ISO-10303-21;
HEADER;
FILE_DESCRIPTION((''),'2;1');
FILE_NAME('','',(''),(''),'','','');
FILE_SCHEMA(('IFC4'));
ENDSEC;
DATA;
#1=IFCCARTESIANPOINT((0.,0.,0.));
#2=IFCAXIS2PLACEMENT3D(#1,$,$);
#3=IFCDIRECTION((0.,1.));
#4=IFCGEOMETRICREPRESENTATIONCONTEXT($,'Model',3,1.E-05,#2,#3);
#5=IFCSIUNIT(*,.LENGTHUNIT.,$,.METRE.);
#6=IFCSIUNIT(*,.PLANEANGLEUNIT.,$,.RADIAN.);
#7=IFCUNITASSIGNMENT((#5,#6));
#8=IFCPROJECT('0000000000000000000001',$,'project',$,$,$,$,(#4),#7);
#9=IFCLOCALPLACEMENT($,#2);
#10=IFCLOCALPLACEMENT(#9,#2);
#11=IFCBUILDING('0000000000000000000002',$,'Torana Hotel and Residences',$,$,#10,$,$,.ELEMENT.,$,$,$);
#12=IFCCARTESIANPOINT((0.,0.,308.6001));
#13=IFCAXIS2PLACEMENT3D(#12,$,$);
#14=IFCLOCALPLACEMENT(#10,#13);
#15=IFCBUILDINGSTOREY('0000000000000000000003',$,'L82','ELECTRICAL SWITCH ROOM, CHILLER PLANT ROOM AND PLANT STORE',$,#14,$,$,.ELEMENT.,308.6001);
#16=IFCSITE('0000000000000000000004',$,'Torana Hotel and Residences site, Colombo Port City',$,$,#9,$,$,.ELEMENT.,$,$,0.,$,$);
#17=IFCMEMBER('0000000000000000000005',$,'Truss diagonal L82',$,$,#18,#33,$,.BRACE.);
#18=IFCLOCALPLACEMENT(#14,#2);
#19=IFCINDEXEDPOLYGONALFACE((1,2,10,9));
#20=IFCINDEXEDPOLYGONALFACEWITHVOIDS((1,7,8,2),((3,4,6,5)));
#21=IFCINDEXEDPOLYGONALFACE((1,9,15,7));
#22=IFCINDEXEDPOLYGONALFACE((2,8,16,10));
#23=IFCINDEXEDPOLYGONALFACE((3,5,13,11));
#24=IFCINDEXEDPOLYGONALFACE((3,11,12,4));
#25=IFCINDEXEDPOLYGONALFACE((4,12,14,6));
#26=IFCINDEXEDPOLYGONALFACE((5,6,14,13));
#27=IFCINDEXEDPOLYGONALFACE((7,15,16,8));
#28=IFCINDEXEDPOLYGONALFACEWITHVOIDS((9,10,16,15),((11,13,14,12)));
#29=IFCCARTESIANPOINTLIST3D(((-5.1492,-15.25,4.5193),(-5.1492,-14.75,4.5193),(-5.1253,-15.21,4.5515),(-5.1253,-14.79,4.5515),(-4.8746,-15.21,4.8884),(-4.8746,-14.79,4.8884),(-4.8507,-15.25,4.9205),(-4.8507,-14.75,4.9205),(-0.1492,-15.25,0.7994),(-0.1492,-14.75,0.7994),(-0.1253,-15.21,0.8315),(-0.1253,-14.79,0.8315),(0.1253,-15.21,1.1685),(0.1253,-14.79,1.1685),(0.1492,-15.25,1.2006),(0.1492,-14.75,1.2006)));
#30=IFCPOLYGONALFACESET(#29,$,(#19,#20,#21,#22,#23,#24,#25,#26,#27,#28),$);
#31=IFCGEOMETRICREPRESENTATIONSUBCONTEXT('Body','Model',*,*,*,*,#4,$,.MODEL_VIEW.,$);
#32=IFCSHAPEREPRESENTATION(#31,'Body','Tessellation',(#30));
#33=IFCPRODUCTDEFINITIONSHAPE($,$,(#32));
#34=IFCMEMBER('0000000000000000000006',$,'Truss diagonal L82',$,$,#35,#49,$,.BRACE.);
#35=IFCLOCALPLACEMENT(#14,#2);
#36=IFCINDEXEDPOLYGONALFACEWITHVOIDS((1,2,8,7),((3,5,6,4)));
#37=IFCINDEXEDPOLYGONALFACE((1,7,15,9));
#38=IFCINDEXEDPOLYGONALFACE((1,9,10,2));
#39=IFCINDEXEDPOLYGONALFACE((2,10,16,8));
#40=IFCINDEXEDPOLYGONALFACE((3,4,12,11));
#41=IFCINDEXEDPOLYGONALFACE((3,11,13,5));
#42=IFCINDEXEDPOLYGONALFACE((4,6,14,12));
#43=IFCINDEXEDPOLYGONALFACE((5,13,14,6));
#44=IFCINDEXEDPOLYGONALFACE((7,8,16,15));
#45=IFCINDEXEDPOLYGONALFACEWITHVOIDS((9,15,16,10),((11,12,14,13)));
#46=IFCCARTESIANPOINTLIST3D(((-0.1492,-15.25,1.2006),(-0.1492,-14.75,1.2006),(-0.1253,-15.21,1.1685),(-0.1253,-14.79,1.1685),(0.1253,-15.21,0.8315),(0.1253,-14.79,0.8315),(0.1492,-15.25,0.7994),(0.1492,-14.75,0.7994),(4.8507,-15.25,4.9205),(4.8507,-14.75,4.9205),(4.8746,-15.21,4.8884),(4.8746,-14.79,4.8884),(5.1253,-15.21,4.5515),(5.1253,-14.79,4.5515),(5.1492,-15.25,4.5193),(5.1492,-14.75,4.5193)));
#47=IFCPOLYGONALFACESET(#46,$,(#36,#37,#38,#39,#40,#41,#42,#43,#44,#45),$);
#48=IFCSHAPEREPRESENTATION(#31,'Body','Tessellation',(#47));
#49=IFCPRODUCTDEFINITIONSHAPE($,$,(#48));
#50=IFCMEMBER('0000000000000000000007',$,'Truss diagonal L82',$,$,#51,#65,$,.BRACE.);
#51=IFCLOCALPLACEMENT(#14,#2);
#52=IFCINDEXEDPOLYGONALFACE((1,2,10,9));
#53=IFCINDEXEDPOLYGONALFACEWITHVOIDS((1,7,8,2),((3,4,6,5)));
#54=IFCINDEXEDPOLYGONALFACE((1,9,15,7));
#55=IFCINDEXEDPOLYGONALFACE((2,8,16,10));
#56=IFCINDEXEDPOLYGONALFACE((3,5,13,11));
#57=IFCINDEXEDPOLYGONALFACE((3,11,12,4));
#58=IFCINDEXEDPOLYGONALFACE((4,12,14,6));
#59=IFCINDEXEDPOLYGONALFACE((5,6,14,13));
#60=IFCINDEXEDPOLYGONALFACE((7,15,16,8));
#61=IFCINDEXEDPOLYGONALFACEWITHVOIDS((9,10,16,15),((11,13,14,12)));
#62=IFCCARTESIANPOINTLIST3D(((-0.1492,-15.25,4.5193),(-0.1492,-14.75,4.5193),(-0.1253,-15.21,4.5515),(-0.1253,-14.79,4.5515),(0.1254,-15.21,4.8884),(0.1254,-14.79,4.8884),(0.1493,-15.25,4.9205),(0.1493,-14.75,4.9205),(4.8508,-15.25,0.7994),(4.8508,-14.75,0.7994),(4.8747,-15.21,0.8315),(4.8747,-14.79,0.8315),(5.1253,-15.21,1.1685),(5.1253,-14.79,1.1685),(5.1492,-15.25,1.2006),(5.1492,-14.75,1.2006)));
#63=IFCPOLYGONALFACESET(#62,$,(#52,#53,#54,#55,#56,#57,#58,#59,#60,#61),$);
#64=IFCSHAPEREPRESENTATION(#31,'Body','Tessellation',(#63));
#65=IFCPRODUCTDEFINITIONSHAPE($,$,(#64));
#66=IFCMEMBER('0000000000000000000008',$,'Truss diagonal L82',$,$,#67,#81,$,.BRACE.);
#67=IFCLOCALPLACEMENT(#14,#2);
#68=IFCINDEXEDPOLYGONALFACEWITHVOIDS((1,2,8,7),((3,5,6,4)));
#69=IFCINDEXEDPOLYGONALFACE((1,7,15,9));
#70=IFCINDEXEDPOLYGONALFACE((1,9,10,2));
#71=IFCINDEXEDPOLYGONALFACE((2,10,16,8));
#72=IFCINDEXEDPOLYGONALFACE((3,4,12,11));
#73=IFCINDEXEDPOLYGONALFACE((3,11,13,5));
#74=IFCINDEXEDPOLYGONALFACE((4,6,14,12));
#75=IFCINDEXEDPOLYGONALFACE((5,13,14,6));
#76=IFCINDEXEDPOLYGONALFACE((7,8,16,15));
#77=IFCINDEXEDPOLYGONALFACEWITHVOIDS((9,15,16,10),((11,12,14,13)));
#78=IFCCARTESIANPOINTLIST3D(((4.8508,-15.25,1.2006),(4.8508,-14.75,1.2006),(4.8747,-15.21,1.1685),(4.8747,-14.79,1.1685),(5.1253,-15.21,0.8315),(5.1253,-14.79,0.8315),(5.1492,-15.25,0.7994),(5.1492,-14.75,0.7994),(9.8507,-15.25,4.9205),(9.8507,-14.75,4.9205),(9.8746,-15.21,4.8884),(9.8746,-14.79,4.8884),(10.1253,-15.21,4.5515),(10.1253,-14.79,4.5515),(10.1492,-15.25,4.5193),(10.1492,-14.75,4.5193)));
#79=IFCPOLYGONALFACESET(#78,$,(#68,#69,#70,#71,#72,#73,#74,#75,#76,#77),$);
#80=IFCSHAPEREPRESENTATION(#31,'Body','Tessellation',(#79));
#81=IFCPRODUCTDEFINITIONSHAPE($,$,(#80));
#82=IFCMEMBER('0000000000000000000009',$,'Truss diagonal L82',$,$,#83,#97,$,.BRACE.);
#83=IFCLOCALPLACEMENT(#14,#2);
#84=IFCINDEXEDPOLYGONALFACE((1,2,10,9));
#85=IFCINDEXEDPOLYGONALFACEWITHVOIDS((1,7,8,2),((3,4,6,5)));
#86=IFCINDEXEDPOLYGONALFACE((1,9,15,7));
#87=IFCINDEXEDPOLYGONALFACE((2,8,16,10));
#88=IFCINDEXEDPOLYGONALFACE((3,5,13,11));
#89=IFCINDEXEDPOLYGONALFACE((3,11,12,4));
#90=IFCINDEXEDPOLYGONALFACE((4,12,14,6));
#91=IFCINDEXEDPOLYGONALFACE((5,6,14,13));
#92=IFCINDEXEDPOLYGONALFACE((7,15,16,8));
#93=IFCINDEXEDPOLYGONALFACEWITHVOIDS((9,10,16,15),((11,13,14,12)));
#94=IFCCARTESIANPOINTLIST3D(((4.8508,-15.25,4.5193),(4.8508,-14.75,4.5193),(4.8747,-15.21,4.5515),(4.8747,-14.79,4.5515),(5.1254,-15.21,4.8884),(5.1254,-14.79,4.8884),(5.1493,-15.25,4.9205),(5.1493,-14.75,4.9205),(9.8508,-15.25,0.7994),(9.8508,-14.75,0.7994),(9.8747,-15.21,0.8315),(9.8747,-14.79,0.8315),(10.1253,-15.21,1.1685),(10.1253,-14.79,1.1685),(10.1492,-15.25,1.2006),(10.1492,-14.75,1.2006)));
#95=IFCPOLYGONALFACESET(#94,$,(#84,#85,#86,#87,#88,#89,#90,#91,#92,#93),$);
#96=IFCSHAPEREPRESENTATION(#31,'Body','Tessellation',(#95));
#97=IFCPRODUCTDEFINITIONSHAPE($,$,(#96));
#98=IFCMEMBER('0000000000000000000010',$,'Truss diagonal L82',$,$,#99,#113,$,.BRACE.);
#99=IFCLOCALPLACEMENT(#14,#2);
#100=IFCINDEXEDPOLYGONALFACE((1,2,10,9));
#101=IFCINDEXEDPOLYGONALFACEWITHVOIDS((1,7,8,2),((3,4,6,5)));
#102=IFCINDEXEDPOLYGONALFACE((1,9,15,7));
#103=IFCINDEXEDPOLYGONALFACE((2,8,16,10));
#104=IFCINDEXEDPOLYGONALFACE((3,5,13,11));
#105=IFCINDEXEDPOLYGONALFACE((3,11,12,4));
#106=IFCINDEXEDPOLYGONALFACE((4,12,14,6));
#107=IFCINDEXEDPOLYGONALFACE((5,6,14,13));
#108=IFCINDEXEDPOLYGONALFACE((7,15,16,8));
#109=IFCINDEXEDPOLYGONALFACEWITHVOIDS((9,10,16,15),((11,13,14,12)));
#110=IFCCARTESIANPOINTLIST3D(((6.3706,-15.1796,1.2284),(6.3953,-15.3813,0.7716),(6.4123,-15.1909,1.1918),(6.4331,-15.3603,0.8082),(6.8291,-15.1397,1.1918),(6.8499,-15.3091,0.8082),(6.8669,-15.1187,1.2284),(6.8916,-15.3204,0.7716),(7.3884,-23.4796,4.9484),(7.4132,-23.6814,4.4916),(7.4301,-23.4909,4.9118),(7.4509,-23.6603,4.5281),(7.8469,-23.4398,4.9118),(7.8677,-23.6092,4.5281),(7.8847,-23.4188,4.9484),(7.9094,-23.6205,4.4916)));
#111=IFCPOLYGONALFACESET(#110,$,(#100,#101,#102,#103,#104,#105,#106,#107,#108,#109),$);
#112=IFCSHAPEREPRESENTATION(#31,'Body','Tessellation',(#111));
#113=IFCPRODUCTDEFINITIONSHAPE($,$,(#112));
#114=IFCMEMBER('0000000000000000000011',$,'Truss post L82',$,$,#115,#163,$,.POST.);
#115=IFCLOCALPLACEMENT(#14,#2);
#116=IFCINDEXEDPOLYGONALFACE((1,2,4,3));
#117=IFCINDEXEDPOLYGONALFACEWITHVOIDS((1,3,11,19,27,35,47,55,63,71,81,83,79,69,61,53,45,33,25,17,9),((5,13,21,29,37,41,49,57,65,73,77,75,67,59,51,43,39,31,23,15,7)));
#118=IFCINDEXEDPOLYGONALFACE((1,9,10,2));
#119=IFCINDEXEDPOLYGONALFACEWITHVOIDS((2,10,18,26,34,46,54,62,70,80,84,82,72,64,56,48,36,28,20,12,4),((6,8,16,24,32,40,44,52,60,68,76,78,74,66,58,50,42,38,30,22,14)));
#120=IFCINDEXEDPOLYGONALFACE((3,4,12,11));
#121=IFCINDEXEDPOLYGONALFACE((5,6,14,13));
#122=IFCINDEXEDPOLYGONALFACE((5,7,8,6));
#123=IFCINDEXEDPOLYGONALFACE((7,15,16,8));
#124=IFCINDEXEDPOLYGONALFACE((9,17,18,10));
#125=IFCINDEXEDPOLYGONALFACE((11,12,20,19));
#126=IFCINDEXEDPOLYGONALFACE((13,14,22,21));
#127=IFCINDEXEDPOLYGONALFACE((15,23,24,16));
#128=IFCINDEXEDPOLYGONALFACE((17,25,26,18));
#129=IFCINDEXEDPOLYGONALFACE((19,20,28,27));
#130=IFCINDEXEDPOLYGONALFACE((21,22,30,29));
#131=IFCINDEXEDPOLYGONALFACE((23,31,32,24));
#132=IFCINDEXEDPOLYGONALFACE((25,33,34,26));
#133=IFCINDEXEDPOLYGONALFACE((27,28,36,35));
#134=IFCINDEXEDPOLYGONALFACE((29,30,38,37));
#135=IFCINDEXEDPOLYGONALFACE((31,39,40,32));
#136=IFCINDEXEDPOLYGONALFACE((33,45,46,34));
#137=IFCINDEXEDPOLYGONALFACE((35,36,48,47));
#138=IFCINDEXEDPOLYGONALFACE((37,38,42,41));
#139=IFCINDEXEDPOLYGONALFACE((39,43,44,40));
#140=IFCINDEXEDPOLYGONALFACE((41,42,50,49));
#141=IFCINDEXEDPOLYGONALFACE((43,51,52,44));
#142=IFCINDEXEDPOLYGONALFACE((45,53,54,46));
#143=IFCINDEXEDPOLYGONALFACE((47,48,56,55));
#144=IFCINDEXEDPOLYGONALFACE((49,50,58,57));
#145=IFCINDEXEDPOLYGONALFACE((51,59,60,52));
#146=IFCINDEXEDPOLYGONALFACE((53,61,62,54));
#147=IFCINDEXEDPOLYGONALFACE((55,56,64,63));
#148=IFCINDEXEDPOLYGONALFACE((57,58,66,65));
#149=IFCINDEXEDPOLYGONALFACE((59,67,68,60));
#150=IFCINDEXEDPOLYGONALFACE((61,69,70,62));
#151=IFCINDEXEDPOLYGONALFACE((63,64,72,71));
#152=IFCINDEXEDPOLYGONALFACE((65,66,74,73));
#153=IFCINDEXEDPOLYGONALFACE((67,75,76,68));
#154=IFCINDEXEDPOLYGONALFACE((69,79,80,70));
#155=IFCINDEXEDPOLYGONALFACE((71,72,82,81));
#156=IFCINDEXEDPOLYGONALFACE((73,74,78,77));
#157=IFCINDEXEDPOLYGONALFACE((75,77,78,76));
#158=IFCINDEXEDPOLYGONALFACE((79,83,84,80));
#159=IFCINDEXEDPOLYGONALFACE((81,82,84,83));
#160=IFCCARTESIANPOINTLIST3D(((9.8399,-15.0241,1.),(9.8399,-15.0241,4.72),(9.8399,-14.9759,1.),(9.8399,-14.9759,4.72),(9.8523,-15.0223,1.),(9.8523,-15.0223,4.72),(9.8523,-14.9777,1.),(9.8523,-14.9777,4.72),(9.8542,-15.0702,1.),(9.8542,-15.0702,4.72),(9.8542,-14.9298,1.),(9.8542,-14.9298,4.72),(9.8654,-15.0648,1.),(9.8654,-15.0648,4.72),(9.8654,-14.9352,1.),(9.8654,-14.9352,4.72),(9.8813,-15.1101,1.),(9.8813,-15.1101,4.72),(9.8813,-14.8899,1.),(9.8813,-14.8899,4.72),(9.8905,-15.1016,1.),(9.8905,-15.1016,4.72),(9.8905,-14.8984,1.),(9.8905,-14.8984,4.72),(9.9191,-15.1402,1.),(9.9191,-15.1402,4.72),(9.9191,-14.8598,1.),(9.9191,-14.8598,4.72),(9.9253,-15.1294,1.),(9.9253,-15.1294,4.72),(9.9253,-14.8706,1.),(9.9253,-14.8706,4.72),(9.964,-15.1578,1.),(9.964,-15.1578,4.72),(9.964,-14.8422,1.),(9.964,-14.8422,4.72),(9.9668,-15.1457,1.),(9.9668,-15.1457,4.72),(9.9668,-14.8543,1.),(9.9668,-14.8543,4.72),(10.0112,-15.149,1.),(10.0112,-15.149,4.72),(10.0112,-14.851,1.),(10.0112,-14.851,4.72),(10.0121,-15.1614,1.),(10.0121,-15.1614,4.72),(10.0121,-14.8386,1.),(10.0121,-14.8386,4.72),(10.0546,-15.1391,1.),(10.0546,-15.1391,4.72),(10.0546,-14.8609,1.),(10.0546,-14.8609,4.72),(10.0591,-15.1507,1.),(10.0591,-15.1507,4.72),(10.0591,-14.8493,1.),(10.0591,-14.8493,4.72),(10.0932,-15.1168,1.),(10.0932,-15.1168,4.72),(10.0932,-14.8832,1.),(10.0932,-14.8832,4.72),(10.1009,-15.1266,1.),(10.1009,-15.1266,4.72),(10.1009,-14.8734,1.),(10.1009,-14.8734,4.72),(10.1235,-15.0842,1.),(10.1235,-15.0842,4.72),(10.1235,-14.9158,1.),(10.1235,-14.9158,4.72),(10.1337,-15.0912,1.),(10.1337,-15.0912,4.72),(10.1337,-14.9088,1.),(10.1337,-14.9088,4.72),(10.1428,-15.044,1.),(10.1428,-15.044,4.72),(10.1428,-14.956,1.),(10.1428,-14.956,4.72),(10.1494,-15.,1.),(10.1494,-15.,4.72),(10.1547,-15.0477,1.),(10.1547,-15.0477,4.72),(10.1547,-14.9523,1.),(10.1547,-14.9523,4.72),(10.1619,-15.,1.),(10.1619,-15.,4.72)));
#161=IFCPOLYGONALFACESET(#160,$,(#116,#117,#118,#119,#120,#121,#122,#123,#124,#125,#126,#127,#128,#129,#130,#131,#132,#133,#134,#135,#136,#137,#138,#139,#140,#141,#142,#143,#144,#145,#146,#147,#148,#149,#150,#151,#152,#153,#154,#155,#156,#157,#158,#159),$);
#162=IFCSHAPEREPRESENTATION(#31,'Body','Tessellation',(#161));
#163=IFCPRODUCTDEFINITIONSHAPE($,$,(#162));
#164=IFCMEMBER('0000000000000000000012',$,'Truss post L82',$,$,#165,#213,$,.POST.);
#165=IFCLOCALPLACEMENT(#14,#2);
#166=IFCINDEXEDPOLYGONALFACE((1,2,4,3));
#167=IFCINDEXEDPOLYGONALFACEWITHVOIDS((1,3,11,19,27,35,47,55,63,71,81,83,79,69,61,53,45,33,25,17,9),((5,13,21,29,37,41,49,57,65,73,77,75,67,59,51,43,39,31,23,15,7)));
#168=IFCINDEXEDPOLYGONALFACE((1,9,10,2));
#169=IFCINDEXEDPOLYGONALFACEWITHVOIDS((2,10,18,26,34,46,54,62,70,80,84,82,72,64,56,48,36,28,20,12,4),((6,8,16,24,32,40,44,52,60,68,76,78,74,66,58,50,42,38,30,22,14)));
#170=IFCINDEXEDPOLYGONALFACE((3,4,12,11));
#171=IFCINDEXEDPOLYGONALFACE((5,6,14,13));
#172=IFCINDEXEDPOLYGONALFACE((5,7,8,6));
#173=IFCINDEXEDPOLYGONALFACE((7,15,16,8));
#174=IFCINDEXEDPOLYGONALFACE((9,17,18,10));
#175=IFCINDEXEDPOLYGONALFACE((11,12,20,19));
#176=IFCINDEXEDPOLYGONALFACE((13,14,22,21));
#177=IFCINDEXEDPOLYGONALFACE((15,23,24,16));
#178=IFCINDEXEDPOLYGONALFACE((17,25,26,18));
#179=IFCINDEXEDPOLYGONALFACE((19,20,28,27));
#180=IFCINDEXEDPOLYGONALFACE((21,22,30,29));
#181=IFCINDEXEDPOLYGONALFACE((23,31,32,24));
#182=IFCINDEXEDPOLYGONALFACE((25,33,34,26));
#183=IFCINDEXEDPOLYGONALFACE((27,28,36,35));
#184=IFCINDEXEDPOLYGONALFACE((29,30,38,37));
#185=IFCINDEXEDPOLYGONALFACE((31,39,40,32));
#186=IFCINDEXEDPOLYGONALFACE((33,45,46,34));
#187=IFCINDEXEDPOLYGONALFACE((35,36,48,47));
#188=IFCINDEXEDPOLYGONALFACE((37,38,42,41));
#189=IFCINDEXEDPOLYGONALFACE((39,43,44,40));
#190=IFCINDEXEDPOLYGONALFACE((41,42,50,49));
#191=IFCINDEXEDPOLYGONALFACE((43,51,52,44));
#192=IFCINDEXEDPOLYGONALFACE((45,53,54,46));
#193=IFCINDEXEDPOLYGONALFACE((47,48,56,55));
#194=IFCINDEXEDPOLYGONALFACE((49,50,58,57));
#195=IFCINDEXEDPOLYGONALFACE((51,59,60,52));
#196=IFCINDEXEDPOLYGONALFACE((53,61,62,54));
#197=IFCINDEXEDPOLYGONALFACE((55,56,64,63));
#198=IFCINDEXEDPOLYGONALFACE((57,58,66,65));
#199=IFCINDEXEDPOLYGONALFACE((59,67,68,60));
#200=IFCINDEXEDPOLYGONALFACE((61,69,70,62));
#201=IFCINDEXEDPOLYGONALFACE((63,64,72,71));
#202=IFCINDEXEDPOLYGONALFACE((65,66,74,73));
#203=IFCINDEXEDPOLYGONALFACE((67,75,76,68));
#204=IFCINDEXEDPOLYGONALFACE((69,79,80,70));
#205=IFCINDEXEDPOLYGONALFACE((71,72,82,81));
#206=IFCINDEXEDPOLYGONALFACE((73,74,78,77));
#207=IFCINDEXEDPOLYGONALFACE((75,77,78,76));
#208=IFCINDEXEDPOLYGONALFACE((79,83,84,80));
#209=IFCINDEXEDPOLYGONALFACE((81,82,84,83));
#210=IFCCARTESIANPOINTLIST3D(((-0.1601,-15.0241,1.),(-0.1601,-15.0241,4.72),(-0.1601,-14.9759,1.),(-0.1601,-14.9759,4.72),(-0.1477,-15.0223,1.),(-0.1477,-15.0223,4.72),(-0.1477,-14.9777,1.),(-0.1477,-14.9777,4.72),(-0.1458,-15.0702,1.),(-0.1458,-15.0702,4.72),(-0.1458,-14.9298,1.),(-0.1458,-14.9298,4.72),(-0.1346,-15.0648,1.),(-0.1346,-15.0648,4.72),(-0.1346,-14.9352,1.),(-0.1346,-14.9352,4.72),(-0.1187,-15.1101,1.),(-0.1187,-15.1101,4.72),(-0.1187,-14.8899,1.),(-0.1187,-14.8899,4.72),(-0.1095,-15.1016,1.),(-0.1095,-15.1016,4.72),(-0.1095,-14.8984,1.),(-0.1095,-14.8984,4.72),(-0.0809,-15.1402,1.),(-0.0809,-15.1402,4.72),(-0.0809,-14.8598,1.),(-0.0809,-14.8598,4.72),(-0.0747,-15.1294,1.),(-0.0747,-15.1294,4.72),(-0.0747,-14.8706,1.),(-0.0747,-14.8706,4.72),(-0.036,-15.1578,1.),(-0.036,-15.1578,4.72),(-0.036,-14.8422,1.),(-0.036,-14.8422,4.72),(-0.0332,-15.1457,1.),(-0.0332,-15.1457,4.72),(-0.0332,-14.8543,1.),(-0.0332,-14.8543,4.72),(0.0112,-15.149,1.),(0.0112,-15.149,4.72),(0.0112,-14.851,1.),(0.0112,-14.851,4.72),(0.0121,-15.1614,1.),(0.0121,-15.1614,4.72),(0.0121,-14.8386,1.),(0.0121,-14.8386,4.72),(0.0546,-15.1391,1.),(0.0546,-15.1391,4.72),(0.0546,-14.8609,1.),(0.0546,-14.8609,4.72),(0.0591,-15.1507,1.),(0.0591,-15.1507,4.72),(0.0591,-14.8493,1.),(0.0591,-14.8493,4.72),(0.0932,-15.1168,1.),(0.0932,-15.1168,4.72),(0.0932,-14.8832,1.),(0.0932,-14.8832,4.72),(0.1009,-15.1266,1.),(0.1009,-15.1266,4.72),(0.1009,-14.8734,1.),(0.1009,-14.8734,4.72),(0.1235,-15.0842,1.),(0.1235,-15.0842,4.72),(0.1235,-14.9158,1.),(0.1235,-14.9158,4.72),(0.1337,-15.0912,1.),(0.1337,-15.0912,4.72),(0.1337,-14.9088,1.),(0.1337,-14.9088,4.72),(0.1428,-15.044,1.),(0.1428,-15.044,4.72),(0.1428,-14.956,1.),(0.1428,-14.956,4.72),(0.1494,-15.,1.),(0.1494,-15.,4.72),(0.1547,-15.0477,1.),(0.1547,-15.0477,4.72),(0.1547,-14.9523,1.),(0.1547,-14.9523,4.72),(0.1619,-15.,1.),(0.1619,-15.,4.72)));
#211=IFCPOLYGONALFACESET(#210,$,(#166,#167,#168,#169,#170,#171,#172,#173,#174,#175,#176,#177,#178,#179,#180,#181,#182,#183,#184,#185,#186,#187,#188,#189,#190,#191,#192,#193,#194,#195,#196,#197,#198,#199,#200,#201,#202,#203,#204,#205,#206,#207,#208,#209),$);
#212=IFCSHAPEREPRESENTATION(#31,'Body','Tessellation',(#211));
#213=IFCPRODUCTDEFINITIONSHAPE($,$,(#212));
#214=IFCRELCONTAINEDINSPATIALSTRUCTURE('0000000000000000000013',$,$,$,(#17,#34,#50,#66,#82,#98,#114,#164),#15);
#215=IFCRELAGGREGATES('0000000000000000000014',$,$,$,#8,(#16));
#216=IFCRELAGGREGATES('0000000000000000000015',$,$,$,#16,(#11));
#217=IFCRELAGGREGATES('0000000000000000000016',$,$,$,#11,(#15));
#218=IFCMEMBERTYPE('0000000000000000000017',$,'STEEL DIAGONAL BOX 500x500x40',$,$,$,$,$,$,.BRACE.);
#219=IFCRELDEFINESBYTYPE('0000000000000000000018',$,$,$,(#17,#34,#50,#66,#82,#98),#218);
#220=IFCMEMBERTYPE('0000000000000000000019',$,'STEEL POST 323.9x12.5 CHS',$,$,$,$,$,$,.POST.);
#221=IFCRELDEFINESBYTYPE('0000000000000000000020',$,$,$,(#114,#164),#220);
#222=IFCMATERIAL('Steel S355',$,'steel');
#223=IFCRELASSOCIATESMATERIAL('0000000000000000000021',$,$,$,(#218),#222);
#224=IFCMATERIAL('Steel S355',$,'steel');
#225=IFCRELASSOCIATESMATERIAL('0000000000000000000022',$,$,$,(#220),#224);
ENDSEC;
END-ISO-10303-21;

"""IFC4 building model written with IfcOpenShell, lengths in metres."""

from ifc_helpers import new_model, si_unit, direction, frame, origin, origin_2d, place, context, subcontext, project, spatial, hollow_rectangle, hollow_circle, extrude, material, material_profile, profile_set, type_object, element, save


model = new_model("IFC4")

# Units and contexts
model_context = context("Model", 3, precision=1e-05, world=origin(), true_north=direction((0.0, 1.0)))
body_context = subcontext(model_context, "Body", "Model", "MODEL_VIEW")
ifc_project = project(units=[si_unit("LENGTHUNIT", "METRE"), si_unit("PLANEANGLEUNIT", "RADIAN")], contexts=[model_context])

# Site, building, storey
site_placement = place(None, origin())
site = spatial("IfcSite", under=ifc_project, at=site_placement, Name="Torana Hotel and Residences site, Colombo Port City", CompositionType="ELEMENT", RefElevation=0.0)
building_placement = place(site_placement, origin())
building = spatial("IfcBuilding", under=site, at=building_placement, Name="Torana Hotel and Residences", CompositionType="ELEMENT")
storey_placement = place(building_placement, frame((0.0, 0.0, 308.6001)))
storey = spatial("IfcBuildingStorey", under=building, at=storey_placement, Name="L82", Description="ELECTRICAL SWITCH ROOM, CHILLER PLANT ROOM AND PLANT STORE", CompositionType="ELEMENT", Elevation=308.6001)

# Members
ifc_material_1 = material(Name="Steel S355", Category="steel")
ifc_material_profile_1 = material_profile(ifc_material_1, hollow_rectangle(XDim=0.5, YDim=0.5, WallThickness=0.04, at=origin_2d()), Name="BOX 500x500x40")
ifc_profile_set_1 = profile_set([ifc_material_profile_1], Name="Steel S355")
member_type_1 = type_object("IfcMemberType", Name="STEEL DIAGONAL BOX 500x500x40", PredefinedType="BRACE", material=ifc_profile_set_1)
for number, where, z_axis, x_axis, name in (
    (1, (0.0, -15.0, 1.0), (-0.802307, 0.0, 0.596912), (0.0, -1.0, 0.0), "Truss diagonal L82"),
    (2, (0.0, -15.0, 1.0), (0.802307, 0.0, 0.596912), (0.0, 1.0, 0.0), "Truss diagonal L82"),
    (3, (5.0, -15.0, 1.0), (-0.802307, 0.0, 0.596912), (0.0, -1.0, 0.0), "Truss diagonal L82"),
    (4, (5.0, -15.0, 1.0), (0.802307, 0.0, 0.596912), (0.0, 1.0, 0.0), "Truss diagonal L82"),
    (5, (10.0, -15.0, 1.0), (-0.802307, 0.0, 0.596912), (0.0, -1.0, 0.0), "Truss diagonal L82"),
):
    element("IfcMember", number, at=place(storey_placement, frame(where, z_axis=z_axis, x_axis=x_axis)), inside=storey, type_object=member_type_1, Name=name, PredefinedType="BRACE", context=body_context, shape_type="SweptSolid", body=[
        extrude(hollow_rectangle(XDim=0.5, YDim=0.5, WallThickness=0.04, at=origin_2d()), origin(), (0.0, 0.0, 1.0), 6.2319),
    ])
member_placement = place(storey_placement, frame((6.6311, -15.25, 1.0), z_axis=(0.111209, -0.906879, 0.406451), x_axis=(0.992565, 0.121717, 0.0)))
element("IfcMember", 6, at=member_placement, inside=storey, type_object=member_type_1, Name="Truss diagonal L82", PredefinedType="BRACE", context=body_context, shape_type="SweptSolid", body=[
    extrude(hollow_rectangle(XDim=0.5, YDim=0.5, WallThickness=0.04, at=origin_2d()), origin(), (0.0, 0.0, 1.0), 9.1523),
])
ifc_material_2 = material(Name="Steel S355", Category="steel")
ifc_material_profile_2 = material_profile(ifc_material_2, hollow_circle(Radius=0.1619, WallThickness=0.0125, at=origin_2d()), Name="323.9x12.5 CHS")
ifc_profile_set_2 = profile_set([ifc_material_profile_2], Name="Steel S355")
member_type_2 = type_object("IfcMemberType", Name="STEEL POST 323.9x12.5 CHS", PredefinedType="POST", material=ifc_profile_set_2)
for number, where, z_axis, x_axis, name in (
    (7, (10.0, -15.0, 1.0), (0.0, 0.0, 1.0), (1.0, 0.0, 0.0), "Truss post L82"),
    (8, (0.0, -15.0, 1.0), (0.0, 0.0, 1.0), (1.0, 0.0, 0.0), "Truss post L82"),
):
    element("IfcMember", number, at=place(storey_placement, frame(where, z_axis=z_axis, x_axis=x_axis)), inside=storey, type_object=member_type_2, Name=name, PredefinedType="POST", context=body_context, shape_type="SweptSolid", body=[
        extrude(hollow_circle(Radius=0.1619, WallThickness=0.0125, at=origin_2d()), origin(), (0.0, 0.0, 1.0), 3.72),
    ])

save(model, "model.ifc")
